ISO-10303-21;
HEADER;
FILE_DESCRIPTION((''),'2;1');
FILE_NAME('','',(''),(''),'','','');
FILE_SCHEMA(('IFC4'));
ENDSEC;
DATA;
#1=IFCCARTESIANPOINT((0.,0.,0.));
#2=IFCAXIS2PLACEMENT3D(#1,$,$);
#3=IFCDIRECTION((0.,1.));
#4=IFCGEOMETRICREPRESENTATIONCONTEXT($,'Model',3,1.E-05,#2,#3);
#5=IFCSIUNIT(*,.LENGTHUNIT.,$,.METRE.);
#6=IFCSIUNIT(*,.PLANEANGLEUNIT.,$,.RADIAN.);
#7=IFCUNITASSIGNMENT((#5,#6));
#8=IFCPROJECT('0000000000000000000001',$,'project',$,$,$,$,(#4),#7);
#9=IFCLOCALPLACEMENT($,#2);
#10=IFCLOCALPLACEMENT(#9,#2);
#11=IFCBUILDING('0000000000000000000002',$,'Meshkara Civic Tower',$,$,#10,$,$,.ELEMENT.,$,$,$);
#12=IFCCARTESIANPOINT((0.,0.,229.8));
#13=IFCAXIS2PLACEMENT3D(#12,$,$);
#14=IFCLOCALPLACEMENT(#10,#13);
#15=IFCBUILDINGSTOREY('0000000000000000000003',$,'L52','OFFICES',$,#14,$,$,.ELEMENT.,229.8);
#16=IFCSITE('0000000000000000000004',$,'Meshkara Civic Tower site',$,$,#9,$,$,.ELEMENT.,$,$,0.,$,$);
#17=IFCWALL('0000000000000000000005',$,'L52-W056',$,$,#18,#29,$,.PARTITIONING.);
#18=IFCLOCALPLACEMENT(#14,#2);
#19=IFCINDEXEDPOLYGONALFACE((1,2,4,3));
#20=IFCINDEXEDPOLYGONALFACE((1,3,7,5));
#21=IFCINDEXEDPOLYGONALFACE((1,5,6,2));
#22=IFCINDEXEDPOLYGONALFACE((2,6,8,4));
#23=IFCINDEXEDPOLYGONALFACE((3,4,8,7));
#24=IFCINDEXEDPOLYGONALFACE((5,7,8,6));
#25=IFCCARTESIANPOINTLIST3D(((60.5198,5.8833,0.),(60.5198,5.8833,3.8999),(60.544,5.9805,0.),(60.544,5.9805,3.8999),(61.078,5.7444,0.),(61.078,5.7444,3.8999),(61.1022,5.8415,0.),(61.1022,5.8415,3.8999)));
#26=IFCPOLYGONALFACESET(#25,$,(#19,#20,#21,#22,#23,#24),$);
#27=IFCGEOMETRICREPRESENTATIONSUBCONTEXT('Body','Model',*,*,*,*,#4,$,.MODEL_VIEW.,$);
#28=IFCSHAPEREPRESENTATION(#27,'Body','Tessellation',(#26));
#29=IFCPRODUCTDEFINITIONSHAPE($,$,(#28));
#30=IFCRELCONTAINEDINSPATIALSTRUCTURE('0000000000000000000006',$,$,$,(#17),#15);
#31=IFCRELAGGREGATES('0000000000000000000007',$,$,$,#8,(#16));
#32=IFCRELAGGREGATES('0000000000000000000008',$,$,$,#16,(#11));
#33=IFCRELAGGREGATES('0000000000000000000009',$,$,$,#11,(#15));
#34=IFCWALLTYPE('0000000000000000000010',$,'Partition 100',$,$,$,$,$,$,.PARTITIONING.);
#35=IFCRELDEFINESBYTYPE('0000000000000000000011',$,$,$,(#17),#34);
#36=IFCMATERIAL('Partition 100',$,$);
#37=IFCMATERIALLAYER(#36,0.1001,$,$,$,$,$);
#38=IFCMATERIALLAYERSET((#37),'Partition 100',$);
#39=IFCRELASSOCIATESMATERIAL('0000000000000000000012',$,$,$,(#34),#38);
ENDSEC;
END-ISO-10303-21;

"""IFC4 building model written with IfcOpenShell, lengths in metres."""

from ifc_helpers import new_model, si_unit, direction, frame, frame_2d, origin, place, context, subcontext, project, spatial, rectangle, extrude, material, layer, layer_set, type_object, element, save


model = new_model("IFC4")

# Units and contexts
model_context = context("Model", 3, precision=1e-05, world=origin(), true_north=direction((0.0, 1.0)))
body_context = subcontext(model_context, "Body", "Model", "MODEL_VIEW")
ifc_project = project(units=[si_unit("LENGTHUNIT", "METRE"), si_unit("PLANEANGLEUNIT", "RADIAN")], contexts=[model_context])

# Site, building, storey
site_placement = place(None, origin())
site = spatial("IfcSite", under=ifc_project, at=site_placement, Name="Meshkara Civic Tower site", CompositionType="ELEMENT", RefElevation=0.0)
building_placement = place(site_placement, origin())
building = spatial("IfcBuilding", under=site, at=building_placement, Name="Meshkara Civic Tower", CompositionType="ELEMENT")
storey_placement = place(building_placement, frame((0.0, 0.0, 229.8)))
storey = spatial("IfcBuildingStorey", under=building, at=storey_placement, Name="L52", Description="OFFICES", CompositionType="ELEMENT", Elevation=229.8)

# Wall
ifc_material_1 = material(Name="Partition 100")
ifc_layer_1 = layer(ifc_material_1, 0.1001)
ifc_layer_set_1 = layer_set([ifc_layer_1], Name="Partition 100")
wall_type_1 = type_object("IfcWallType", Name="Partition 100", PredefinedType="PARTITIONING", material=ifc_layer_set_1)
wall_1_placement = place(storey_placement, frame((61.0901, 5.793, 0.0), z_axis=(0.0, 0.0, 1.0), x_axis=(-0.970392, 0.241537, 0.0)))
element("IfcWall", 1, at=wall_1_placement, inside=storey, type_object=wall_type_1, Name="L52-W056", PredefinedType="PARTITIONING", context=body_context, shape_type="SweptSolid", body=[
    extrude(rectangle(XDim=0.5752, YDim=0.1001, at=frame_2d((0.2876, 0.0))), origin(), (0.0, 0.0, 1.0), 3.8999),
])

save(model, "model.ifc")
